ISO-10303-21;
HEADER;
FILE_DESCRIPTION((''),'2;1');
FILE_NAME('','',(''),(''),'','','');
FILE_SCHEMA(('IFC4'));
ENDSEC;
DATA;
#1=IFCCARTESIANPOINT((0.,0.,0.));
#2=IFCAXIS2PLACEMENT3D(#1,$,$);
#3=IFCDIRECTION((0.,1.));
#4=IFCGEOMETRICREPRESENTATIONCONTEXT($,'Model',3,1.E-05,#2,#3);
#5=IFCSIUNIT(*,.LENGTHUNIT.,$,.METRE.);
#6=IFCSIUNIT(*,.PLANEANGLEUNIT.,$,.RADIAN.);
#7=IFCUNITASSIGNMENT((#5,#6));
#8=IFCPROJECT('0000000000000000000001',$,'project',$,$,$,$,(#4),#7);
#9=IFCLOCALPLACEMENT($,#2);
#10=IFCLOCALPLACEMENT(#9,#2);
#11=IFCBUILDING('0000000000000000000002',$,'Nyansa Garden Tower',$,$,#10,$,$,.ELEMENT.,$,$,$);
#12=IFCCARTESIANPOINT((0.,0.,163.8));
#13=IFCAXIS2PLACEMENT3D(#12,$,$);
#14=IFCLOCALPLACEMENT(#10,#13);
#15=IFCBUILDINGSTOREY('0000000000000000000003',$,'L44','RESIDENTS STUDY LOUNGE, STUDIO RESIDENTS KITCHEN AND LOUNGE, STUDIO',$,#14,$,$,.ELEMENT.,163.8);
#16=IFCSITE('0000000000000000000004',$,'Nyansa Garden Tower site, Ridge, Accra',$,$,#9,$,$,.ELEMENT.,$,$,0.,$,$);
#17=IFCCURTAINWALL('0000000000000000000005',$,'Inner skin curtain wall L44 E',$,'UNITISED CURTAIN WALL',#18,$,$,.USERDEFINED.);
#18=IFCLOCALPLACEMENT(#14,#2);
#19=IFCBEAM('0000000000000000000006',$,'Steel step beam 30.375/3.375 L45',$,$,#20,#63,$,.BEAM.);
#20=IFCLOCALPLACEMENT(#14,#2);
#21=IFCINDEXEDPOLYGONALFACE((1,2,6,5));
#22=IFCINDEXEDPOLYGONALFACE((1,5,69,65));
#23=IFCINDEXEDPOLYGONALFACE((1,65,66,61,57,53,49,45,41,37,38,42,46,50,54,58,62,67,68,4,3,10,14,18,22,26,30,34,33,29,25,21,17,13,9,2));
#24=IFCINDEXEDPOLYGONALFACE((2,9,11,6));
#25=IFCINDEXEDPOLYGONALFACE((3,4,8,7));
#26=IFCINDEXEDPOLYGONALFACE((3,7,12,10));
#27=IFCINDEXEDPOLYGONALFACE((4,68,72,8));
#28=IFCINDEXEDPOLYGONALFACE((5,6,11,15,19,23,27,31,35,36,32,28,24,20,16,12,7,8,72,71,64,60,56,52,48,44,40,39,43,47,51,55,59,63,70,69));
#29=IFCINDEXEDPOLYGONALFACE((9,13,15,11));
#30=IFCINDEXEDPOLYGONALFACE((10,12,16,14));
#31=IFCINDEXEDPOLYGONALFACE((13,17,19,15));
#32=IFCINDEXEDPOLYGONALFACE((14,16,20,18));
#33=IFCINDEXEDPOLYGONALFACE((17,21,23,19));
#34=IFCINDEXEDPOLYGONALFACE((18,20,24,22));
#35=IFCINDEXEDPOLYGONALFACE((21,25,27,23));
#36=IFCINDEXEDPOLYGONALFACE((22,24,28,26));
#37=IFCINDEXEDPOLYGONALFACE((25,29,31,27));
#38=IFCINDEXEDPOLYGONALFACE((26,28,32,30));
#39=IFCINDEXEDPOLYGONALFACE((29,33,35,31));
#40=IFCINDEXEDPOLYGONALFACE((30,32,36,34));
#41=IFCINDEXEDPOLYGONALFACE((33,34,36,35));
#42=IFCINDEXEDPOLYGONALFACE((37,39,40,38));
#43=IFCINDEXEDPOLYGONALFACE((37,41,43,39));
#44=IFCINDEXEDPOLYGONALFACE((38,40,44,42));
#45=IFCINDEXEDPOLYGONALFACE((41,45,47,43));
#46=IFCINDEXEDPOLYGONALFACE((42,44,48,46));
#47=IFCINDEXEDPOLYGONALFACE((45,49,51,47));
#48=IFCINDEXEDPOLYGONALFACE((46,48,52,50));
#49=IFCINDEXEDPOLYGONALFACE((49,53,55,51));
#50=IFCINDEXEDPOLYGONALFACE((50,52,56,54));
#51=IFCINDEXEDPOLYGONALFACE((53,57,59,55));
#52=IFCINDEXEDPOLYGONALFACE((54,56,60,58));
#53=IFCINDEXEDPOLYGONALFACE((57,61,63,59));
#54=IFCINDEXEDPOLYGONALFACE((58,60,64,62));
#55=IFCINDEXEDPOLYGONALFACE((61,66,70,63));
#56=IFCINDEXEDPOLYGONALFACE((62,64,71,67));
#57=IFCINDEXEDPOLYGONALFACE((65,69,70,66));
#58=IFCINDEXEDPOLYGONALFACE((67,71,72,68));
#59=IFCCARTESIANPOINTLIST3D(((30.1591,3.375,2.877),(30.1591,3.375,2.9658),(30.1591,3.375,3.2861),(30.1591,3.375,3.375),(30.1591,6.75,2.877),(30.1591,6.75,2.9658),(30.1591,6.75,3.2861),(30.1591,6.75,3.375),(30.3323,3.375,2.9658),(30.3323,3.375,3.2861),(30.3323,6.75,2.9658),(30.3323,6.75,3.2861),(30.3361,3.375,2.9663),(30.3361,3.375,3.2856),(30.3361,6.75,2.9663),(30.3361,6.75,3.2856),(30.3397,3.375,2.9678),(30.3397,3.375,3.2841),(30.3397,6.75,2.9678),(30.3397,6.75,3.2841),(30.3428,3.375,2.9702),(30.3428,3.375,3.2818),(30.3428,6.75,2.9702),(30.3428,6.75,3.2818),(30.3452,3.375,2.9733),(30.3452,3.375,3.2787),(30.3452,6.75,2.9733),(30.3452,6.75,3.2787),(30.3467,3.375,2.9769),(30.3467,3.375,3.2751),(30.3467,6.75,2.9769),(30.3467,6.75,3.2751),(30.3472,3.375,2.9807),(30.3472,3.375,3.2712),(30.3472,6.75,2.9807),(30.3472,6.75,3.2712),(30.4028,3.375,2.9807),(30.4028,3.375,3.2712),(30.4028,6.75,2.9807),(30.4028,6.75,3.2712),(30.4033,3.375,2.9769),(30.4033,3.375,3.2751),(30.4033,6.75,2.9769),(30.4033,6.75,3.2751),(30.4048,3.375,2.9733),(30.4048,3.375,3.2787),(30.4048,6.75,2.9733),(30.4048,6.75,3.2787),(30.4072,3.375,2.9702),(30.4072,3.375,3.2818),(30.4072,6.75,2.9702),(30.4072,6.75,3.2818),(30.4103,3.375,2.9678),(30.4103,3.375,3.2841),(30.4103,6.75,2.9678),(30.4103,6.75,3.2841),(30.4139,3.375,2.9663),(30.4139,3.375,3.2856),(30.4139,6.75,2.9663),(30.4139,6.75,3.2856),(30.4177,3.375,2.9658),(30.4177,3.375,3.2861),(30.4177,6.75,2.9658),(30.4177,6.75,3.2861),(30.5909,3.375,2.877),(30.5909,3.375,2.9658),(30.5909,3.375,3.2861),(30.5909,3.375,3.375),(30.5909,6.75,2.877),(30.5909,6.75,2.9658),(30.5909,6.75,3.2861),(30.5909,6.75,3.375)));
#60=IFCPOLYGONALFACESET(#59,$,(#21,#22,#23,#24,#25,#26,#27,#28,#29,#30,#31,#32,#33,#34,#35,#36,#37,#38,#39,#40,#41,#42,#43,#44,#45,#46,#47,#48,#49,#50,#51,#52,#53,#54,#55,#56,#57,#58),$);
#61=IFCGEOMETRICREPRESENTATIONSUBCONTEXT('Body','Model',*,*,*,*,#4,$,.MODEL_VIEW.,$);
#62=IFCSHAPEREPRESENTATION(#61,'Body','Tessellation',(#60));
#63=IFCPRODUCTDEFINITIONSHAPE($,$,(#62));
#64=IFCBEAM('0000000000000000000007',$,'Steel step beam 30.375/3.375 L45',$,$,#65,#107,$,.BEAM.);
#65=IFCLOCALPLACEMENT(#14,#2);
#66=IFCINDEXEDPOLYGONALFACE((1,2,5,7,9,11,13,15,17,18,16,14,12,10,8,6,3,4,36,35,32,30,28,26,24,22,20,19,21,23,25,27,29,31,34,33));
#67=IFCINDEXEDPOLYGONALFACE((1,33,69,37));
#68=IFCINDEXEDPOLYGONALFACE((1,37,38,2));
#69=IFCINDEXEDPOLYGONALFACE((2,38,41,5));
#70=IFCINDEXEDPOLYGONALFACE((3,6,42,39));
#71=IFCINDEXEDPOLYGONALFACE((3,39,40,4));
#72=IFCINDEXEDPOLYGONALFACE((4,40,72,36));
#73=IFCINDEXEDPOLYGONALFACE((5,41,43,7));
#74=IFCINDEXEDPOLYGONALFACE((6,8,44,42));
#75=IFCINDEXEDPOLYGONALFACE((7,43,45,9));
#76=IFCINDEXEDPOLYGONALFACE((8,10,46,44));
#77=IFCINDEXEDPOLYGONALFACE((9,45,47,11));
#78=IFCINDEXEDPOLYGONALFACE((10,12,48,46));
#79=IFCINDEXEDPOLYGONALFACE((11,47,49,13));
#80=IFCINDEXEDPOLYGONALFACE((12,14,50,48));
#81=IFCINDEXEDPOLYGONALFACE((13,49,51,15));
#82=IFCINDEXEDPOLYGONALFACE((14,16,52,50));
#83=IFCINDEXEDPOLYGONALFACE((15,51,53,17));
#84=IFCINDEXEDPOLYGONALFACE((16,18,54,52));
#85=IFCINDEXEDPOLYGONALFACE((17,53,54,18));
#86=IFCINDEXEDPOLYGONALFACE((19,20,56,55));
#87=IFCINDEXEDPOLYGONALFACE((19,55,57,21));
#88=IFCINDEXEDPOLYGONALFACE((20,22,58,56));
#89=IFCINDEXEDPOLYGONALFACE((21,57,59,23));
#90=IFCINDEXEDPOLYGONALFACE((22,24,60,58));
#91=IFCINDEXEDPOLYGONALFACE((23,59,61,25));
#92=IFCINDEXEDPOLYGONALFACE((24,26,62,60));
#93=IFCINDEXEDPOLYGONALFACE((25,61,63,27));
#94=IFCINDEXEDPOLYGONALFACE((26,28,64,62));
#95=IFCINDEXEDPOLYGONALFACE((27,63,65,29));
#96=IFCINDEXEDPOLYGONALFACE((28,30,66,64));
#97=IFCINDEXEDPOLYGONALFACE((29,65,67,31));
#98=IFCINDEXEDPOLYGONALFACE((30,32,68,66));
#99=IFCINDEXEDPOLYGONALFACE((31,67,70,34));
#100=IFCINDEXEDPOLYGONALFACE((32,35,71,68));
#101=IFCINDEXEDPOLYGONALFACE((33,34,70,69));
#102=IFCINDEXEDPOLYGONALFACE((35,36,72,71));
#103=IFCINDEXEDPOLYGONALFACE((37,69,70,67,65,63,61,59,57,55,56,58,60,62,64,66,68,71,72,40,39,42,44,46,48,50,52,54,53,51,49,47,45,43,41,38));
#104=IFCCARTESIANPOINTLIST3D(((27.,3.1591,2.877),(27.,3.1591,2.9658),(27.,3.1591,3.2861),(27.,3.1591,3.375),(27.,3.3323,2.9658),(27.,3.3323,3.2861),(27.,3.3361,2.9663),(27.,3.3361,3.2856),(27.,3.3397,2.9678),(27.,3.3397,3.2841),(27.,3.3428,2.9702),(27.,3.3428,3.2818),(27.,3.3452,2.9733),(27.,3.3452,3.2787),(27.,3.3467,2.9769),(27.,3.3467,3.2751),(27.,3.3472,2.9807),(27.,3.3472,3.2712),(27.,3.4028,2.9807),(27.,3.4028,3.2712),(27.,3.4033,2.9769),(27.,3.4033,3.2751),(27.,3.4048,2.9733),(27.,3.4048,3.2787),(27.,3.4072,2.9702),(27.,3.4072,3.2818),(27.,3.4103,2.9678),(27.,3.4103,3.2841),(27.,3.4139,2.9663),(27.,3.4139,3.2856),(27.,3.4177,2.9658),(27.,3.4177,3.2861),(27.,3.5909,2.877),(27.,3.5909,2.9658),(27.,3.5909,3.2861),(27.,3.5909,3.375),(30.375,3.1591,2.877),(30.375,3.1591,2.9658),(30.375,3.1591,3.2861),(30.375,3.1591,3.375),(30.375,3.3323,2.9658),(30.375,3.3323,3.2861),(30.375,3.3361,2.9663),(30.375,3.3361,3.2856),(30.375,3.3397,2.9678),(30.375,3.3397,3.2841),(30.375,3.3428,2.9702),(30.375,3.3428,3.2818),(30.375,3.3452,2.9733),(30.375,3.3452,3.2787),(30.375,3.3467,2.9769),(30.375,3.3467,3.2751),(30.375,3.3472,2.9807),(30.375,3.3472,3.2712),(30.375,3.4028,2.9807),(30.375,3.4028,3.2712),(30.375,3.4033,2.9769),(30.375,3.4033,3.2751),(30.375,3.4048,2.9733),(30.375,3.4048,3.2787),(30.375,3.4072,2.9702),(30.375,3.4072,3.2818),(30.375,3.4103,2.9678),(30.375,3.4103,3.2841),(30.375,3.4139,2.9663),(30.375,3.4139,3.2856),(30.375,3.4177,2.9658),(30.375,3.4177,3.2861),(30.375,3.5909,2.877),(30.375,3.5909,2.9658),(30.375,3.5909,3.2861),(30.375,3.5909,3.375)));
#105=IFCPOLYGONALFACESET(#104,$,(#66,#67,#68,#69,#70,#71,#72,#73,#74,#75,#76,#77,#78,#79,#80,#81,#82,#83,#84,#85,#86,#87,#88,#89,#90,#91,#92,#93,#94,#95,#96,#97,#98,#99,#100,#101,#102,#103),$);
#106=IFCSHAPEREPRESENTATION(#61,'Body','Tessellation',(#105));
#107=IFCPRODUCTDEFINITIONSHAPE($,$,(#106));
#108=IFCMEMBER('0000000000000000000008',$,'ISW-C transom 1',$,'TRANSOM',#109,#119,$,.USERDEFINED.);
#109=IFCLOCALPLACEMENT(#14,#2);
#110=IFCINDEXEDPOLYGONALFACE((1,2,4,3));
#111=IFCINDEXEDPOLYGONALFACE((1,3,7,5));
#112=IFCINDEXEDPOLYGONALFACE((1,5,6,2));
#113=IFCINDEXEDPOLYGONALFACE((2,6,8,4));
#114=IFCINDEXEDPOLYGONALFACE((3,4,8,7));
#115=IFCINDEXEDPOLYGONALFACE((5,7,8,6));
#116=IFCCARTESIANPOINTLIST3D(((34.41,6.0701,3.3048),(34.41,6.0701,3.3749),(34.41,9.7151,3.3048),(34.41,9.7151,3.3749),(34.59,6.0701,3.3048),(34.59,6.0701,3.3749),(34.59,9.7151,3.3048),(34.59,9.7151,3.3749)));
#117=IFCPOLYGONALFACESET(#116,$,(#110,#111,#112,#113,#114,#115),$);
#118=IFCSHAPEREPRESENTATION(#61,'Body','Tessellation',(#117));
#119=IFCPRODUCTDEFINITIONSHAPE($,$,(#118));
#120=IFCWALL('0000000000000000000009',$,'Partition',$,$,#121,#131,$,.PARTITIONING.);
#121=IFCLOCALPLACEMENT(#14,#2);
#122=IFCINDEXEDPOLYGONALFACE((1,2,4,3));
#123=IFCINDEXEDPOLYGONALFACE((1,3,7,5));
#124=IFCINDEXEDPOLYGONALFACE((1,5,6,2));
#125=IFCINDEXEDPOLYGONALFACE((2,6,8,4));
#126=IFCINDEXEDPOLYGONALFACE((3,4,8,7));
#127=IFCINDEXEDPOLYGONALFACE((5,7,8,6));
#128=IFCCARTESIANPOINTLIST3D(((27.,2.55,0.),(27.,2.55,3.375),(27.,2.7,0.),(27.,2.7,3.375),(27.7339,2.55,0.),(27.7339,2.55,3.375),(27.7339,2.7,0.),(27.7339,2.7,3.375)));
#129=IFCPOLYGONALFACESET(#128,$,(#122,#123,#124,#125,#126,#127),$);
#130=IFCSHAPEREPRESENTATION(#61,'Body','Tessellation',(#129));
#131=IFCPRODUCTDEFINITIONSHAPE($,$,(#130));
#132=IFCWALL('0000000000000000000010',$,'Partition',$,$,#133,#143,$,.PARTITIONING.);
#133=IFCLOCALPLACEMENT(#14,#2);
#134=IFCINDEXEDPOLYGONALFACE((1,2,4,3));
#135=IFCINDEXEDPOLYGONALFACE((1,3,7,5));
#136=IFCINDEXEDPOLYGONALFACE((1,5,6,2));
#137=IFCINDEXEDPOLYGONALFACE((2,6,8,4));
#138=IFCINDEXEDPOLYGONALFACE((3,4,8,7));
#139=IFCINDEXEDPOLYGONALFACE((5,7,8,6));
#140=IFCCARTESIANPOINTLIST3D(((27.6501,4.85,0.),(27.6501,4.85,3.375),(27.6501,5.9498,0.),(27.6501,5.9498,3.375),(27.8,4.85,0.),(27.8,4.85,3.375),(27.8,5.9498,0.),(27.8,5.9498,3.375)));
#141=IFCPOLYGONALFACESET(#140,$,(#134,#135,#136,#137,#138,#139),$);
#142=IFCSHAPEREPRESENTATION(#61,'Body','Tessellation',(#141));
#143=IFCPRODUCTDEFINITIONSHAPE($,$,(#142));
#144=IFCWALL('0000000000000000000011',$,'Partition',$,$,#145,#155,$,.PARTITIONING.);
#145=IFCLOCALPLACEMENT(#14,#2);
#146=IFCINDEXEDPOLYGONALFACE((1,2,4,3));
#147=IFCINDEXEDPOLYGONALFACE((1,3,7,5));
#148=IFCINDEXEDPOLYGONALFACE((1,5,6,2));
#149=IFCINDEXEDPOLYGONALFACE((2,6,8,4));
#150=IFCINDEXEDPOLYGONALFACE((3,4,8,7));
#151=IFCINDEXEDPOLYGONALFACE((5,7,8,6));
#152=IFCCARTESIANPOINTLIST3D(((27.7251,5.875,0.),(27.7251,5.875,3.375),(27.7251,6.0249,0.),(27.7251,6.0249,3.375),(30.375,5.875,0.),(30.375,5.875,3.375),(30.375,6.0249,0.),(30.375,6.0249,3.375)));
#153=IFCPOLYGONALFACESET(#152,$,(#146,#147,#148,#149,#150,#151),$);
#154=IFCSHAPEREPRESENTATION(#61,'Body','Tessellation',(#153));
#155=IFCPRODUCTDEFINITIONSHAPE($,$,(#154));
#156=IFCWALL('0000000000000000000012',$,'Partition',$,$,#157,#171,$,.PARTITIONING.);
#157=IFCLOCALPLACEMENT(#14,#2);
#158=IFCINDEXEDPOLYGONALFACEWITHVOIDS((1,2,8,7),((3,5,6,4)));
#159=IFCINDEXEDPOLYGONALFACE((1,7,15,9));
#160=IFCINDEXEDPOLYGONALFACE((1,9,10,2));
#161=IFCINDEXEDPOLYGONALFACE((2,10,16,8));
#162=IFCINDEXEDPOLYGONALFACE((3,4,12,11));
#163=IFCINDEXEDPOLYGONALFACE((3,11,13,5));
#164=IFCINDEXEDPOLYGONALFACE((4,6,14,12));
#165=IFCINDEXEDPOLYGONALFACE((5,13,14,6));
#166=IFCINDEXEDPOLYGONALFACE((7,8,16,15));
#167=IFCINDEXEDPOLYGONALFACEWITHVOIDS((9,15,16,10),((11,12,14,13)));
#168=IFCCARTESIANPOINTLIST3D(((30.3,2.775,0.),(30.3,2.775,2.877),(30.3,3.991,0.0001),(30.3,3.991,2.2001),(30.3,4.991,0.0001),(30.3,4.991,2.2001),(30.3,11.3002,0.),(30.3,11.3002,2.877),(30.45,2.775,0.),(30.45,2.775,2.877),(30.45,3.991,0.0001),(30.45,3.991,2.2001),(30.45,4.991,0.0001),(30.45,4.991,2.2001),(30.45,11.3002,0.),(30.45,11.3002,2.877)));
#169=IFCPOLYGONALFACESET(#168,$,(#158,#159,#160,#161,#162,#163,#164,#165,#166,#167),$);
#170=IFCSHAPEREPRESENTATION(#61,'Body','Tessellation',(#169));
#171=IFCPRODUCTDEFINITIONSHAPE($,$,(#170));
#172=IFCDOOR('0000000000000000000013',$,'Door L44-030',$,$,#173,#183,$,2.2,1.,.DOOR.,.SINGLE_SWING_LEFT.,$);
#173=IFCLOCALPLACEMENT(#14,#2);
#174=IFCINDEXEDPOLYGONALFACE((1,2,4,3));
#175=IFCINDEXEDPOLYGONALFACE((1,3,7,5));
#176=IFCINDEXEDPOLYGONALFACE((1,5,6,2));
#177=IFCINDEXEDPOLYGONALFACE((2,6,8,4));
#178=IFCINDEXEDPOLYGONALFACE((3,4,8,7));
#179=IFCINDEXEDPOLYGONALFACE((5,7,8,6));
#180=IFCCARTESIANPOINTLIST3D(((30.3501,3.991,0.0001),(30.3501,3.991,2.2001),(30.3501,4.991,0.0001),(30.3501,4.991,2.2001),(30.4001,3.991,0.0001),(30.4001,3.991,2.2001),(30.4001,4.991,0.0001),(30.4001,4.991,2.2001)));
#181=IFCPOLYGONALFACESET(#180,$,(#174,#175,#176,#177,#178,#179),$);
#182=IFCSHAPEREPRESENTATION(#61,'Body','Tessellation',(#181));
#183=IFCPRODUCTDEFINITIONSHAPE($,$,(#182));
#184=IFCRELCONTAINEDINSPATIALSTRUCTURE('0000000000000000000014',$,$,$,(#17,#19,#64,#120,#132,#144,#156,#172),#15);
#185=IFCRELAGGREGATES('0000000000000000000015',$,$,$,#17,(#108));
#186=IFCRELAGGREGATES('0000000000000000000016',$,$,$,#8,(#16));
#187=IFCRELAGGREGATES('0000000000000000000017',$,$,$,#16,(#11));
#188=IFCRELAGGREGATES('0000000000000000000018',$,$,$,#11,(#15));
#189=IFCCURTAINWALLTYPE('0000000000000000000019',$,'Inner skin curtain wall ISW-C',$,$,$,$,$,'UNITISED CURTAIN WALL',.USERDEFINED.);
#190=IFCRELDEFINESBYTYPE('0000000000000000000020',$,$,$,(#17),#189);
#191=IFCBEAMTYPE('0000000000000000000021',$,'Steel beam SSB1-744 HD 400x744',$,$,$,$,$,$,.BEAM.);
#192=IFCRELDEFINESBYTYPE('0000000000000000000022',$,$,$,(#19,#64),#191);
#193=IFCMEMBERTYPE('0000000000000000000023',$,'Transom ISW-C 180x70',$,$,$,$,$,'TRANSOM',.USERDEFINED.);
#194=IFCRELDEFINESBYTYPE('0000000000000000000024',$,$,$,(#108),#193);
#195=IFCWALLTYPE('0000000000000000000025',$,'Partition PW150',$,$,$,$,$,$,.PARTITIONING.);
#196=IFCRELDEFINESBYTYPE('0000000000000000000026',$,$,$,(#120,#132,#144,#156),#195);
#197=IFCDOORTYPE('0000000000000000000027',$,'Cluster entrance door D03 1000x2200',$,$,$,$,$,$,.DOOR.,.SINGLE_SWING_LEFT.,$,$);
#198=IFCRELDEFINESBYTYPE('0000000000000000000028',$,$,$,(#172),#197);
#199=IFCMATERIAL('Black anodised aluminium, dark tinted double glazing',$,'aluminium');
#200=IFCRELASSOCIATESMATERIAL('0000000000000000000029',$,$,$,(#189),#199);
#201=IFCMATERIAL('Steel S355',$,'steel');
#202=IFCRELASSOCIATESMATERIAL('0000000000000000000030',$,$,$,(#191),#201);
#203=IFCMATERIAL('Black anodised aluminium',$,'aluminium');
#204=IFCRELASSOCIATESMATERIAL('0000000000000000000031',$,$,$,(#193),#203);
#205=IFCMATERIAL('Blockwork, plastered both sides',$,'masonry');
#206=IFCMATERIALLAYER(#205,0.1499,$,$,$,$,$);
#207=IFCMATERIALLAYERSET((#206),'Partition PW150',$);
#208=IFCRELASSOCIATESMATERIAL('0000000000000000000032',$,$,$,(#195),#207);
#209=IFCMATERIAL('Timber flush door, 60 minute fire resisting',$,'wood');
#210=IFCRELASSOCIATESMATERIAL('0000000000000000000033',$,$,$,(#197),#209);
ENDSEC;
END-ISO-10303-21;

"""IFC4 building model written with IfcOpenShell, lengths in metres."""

from ifc_helpers import new_model, si_unit, direction, frame, frame_2d, origin, origin_2d, place, context, subcontext, project, spatial, rectangle, i_section, extrude, material, layer, layer_set, material_profile, profile_set, type_object, element, fill, aggregate, save


model = new_model("IFC4")

# Units and contexts
model_context = context("Model", 3, precision=1e-05, world=origin(), true_north=direction((0.0, 1.0)))
body_context = subcontext(model_context, "Body", "Model", "MODEL_VIEW")
ifc_project = project(units=[si_unit("LENGTHUNIT", "METRE"), si_unit("PLANEANGLEUNIT", "RADIAN")], contexts=[model_context])

# Site, building, storey
site_placement = place(None, origin())
site = spatial("IfcSite", under=ifc_project, at=site_placement, Name="Nyansa Garden Tower site, Ridge, Accra", CompositionType="ELEMENT", RefElevation=0.0)
building_placement = place(site_placement, origin())
building = spatial("IfcBuilding", under=site, at=building_placement, Name="Nyansa Garden Tower", CompositionType="ELEMENT")
storey_placement = place(building_placement, frame((0.0, 0.0, 163.8)))
storey = spatial("IfcBuildingStorey", under=building, at=storey_placement, Name="L44", Description="RESIDENTS STUDY LOUNGE, STUDIO RESIDENTS KITCHEN AND LOUNGE, STUDIO", CompositionType="ELEMENT", Elevation=163.8)

# Curtain wall
ifc_material_1 = material(Name="Black anodised aluminium, dark tinted double glazing", Category="aluminium")
curtain_wall_type = type_object("IfcCurtainWallType", Name="Inner skin curtain wall ISW-C", ElementType="UNITISED CURTAIN WALL", PredefinedType="USERDEFINED", material=ifc_material_1)
curtain_wall_1_placement = place(storey_placement, origin())
curtain_wall_1 = element("IfcCurtainWall", 1, at=curtain_wall_1_placement, inside=storey, type_object=curtain_wall_type, Name="Inner skin curtain wall L44 E", ObjectType="UNITISED CURTAIN WALL", PredefinedType="USERDEFINED")

# Beams
ifc_material_2 = material(Name="Steel S355", Category="steel")
ifc_material_profile_1 = material_profile(ifc_material_2, i_section(OverallWidth=0.4319, OverallDepth=0.498, WebThickness=0.0557, FlangeThickness=0.0889, FilletRadius=0.0149, at=origin_2d()), Name="HD 400x744")
ifc_profile_set_1 = profile_set([ifc_material_profile_1], Name="Steel S355")
beam_type_1 = type_object("IfcBeamType", Name="Steel beam SSB1-744 HD 400x744", PredefinedType="BEAM", material=ifc_profile_set_1)
for number, where, z_axis, x_axis, name in (
    (2, (30.375, 3.375, 3.126), (0.0, 1.0, 0.0), (-1.0, 0.0, 0.0), "Steel step beam 30.375/3.375 L45"),
    (3, (30.375, 3.375, 3.126), (-1.0, 0.0, 0.0), (0.0, -1.0, 0.0), "Steel step beam 30.375/3.375 L45"),
):
    element("IfcBeam", number, at=place(storey_placement, frame(where, z_axis=z_axis, x_axis=x_axis)), inside=storey, type_object=beam_type_1, Name=name, PredefinedType="BEAM", context=body_context, shape_type="SweptSolid", body=[
        extrude(i_section(OverallWidth=0.4319, OverallDepth=0.498, WebThickness=0.0557, FlangeThickness=0.0889, FilletRadius=0.0149, at=origin_2d()), origin(), (0.0, 0.0, 1.0), 3.375),
    ])

# Member
ifc_material_3 = material(Name="Black anodised aluminium", Category="aluminium")
ifc_material_profile_2 = material_profile(ifc_material_3, rectangle(XDim=0.1799, YDim=0.0701, at=origin_2d()), Name="Transom 180x70")
ifc_profile_set_2 = profile_set([ifc_material_profile_2], Name="Black anodised aluminium")
member_type_1 = type_object("IfcMemberType", Name="Transom ISW-C 180x70", ElementType="TRANSOM", PredefinedType="USERDEFINED", material=ifc_profile_set_2)
member_1_placement = place(storey_placement, frame((34.5, 6.0701, 3.3398), z_axis=(0.0, 1.0, 0.0), x_axis=(-1.0, 0.0, 0.0)))
member_1 = element("IfcMember", 4, at=member_1_placement, type_object=member_type_1, Name="ISW-C transom 1", ObjectType="TRANSOM", PredefinedType="USERDEFINED", context=body_context, shape_type="SweptSolid", body=[
    extrude(rectangle(XDim=0.1799, YDim=0.0701, at=origin_2d()), origin(), (0.0, 0.0, 1.0), 3.645),
])
aggregate(curtain_wall_1, [member_1])

# Walls
ifc_material_4 = material(Name="Blockwork, plastered both sides", Category="masonry")
ifc_layer_1 = layer(ifc_material_4, 0.1499)
ifc_layer_set_1 = layer_set([ifc_layer_1], Name="Partition PW150")
wall_type_1 = type_object("IfcWallType", Name="Partition PW150", PredefinedType="PARTITIONING", material=ifc_layer_set_1)
wall_1_placement = place(storey_placement, frame((27.0, 2.625, 0.0), z_axis=(0.0, 0.0, 1.0), x_axis=(1.0, 0.0, 0.0)))
element("IfcWall", 5, at=wall_1_placement, inside=storey, type_object=wall_type_1, Name="Partition", PredefinedType="PARTITIONING", context=body_context, shape_type="SweptSolid", body=[
    extrude(rectangle(XDim=0.7339, YDim=0.1499, at=frame_2d((0.3669, 0.0))), origin(), (0.0, 0.0, 1.0), 3.375),
])
wall_2_placement = place(storey_placement, frame((27.7251, 4.8501, 0.0), z_axis=(0.0, 0.0, 1.0), x_axis=(0.0, 1.0, 0.0)))
element("IfcWall", 6, at=wall_2_placement, inside=storey, type_object=wall_type_1, Name="Partition", PredefinedType="PARTITIONING", context=body_context, shape_type="SweptSolid", body=[
    extrude(rectangle(XDim=1.0999, YDim=0.1499, at=frame_2d((0.5498, 0.0))), origin(), (0.0, 0.0, 1.0), 3.375),
])
wall_3_placement = place(storey_placement, frame((27.7251, 5.95, 0.0), z_axis=(0.0, 0.0, 1.0), x_axis=(1.0, 0.0, 0.0)))
element("IfcWall", 7, at=wall_3_placement, inside=storey, type_object=wall_type_1, Name="Partition", PredefinedType="PARTITIONING", context=body_context, shape_type="SweptSolid", body=[
    extrude(rectangle(XDim=2.6499, YDim=0.1499, at=frame_2d((1.325, 0.0))), origin(), (0.0, 0.0, 1.0), 3.375),
])

# Wall, opening, door
wall_4_placement = place(storey_placement, frame((30.375, 2.7749, 0.0), z_axis=(0.0, 0.0, 1.0), x_axis=(0.0, 1.0, 0.0)))
wall_4 = element("IfcWall", 8, at=wall_4_placement, inside=storey, type_object=wall_type_1, Name="Partition", PredefinedType="PARTITIONING", context=body_context, shape_type="SweptSolid", body=[
    extrude(rectangle(XDim=8.5251, YDim=0.1499, at=frame_2d((4.2627, 0.0))), origin(), (0.0, 0.0, 1.0), 2.877),
])
opening_1_placement = place(wall_4_placement, frame((1.2161, 0.0, 0.0)))
opening_1 = element("IfcOpeningElement", 9, at=opening_1_placement, cuts=wall_4, PredefinedType="OPENING", context=body_context, shape_type="SweptSolid", body=[
    extrude(rectangle(XDim=1.0, YDim=2.2, at=frame_2d((0.5, 1.1001))), frame((0.0, 0.085, 0.0), z_axis=(0.0, -1.0, 0.0), x_axis=(1.0, 0.0, 0.0)), (0.0, 0.0, 1.0), 0.1699),
])
ifc_material_5 = material(Name="Timber flush door, 60 minute fire resisting", Category="wood")
door_type = type_object("IfcDoorType", Name="Cluster entrance door D03 1000x2200", OperationType="SINGLE_SWING_LEFT", PredefinedType="DOOR", material=ifc_material_5)
door_placement = place(opening_1_placement, origin())
door = element("IfcDoor", 10, at=door_placement, inside=storey, type_object=door_type, Name="Door L44-030", OperationType="SINGLE_SWING_LEFT", OverallHeight=2.2, OverallWidth=1.0, PredefinedType="DOOR", context=body_context, shape_type="SweptSolid", body=[
    extrude(rectangle(XDim=1.0, YDim=2.2, at=frame_2d((0.5, 1.1001))), frame((0.0, 0.0249, 0.0), z_axis=(0.0, -1.0, 0.0), x_axis=(1.0, 0.0, 0.0)), (0.0, 0.0, 1.0), 0.05),
])
fill(opening_1, door)

save(model, "model.ifc")
